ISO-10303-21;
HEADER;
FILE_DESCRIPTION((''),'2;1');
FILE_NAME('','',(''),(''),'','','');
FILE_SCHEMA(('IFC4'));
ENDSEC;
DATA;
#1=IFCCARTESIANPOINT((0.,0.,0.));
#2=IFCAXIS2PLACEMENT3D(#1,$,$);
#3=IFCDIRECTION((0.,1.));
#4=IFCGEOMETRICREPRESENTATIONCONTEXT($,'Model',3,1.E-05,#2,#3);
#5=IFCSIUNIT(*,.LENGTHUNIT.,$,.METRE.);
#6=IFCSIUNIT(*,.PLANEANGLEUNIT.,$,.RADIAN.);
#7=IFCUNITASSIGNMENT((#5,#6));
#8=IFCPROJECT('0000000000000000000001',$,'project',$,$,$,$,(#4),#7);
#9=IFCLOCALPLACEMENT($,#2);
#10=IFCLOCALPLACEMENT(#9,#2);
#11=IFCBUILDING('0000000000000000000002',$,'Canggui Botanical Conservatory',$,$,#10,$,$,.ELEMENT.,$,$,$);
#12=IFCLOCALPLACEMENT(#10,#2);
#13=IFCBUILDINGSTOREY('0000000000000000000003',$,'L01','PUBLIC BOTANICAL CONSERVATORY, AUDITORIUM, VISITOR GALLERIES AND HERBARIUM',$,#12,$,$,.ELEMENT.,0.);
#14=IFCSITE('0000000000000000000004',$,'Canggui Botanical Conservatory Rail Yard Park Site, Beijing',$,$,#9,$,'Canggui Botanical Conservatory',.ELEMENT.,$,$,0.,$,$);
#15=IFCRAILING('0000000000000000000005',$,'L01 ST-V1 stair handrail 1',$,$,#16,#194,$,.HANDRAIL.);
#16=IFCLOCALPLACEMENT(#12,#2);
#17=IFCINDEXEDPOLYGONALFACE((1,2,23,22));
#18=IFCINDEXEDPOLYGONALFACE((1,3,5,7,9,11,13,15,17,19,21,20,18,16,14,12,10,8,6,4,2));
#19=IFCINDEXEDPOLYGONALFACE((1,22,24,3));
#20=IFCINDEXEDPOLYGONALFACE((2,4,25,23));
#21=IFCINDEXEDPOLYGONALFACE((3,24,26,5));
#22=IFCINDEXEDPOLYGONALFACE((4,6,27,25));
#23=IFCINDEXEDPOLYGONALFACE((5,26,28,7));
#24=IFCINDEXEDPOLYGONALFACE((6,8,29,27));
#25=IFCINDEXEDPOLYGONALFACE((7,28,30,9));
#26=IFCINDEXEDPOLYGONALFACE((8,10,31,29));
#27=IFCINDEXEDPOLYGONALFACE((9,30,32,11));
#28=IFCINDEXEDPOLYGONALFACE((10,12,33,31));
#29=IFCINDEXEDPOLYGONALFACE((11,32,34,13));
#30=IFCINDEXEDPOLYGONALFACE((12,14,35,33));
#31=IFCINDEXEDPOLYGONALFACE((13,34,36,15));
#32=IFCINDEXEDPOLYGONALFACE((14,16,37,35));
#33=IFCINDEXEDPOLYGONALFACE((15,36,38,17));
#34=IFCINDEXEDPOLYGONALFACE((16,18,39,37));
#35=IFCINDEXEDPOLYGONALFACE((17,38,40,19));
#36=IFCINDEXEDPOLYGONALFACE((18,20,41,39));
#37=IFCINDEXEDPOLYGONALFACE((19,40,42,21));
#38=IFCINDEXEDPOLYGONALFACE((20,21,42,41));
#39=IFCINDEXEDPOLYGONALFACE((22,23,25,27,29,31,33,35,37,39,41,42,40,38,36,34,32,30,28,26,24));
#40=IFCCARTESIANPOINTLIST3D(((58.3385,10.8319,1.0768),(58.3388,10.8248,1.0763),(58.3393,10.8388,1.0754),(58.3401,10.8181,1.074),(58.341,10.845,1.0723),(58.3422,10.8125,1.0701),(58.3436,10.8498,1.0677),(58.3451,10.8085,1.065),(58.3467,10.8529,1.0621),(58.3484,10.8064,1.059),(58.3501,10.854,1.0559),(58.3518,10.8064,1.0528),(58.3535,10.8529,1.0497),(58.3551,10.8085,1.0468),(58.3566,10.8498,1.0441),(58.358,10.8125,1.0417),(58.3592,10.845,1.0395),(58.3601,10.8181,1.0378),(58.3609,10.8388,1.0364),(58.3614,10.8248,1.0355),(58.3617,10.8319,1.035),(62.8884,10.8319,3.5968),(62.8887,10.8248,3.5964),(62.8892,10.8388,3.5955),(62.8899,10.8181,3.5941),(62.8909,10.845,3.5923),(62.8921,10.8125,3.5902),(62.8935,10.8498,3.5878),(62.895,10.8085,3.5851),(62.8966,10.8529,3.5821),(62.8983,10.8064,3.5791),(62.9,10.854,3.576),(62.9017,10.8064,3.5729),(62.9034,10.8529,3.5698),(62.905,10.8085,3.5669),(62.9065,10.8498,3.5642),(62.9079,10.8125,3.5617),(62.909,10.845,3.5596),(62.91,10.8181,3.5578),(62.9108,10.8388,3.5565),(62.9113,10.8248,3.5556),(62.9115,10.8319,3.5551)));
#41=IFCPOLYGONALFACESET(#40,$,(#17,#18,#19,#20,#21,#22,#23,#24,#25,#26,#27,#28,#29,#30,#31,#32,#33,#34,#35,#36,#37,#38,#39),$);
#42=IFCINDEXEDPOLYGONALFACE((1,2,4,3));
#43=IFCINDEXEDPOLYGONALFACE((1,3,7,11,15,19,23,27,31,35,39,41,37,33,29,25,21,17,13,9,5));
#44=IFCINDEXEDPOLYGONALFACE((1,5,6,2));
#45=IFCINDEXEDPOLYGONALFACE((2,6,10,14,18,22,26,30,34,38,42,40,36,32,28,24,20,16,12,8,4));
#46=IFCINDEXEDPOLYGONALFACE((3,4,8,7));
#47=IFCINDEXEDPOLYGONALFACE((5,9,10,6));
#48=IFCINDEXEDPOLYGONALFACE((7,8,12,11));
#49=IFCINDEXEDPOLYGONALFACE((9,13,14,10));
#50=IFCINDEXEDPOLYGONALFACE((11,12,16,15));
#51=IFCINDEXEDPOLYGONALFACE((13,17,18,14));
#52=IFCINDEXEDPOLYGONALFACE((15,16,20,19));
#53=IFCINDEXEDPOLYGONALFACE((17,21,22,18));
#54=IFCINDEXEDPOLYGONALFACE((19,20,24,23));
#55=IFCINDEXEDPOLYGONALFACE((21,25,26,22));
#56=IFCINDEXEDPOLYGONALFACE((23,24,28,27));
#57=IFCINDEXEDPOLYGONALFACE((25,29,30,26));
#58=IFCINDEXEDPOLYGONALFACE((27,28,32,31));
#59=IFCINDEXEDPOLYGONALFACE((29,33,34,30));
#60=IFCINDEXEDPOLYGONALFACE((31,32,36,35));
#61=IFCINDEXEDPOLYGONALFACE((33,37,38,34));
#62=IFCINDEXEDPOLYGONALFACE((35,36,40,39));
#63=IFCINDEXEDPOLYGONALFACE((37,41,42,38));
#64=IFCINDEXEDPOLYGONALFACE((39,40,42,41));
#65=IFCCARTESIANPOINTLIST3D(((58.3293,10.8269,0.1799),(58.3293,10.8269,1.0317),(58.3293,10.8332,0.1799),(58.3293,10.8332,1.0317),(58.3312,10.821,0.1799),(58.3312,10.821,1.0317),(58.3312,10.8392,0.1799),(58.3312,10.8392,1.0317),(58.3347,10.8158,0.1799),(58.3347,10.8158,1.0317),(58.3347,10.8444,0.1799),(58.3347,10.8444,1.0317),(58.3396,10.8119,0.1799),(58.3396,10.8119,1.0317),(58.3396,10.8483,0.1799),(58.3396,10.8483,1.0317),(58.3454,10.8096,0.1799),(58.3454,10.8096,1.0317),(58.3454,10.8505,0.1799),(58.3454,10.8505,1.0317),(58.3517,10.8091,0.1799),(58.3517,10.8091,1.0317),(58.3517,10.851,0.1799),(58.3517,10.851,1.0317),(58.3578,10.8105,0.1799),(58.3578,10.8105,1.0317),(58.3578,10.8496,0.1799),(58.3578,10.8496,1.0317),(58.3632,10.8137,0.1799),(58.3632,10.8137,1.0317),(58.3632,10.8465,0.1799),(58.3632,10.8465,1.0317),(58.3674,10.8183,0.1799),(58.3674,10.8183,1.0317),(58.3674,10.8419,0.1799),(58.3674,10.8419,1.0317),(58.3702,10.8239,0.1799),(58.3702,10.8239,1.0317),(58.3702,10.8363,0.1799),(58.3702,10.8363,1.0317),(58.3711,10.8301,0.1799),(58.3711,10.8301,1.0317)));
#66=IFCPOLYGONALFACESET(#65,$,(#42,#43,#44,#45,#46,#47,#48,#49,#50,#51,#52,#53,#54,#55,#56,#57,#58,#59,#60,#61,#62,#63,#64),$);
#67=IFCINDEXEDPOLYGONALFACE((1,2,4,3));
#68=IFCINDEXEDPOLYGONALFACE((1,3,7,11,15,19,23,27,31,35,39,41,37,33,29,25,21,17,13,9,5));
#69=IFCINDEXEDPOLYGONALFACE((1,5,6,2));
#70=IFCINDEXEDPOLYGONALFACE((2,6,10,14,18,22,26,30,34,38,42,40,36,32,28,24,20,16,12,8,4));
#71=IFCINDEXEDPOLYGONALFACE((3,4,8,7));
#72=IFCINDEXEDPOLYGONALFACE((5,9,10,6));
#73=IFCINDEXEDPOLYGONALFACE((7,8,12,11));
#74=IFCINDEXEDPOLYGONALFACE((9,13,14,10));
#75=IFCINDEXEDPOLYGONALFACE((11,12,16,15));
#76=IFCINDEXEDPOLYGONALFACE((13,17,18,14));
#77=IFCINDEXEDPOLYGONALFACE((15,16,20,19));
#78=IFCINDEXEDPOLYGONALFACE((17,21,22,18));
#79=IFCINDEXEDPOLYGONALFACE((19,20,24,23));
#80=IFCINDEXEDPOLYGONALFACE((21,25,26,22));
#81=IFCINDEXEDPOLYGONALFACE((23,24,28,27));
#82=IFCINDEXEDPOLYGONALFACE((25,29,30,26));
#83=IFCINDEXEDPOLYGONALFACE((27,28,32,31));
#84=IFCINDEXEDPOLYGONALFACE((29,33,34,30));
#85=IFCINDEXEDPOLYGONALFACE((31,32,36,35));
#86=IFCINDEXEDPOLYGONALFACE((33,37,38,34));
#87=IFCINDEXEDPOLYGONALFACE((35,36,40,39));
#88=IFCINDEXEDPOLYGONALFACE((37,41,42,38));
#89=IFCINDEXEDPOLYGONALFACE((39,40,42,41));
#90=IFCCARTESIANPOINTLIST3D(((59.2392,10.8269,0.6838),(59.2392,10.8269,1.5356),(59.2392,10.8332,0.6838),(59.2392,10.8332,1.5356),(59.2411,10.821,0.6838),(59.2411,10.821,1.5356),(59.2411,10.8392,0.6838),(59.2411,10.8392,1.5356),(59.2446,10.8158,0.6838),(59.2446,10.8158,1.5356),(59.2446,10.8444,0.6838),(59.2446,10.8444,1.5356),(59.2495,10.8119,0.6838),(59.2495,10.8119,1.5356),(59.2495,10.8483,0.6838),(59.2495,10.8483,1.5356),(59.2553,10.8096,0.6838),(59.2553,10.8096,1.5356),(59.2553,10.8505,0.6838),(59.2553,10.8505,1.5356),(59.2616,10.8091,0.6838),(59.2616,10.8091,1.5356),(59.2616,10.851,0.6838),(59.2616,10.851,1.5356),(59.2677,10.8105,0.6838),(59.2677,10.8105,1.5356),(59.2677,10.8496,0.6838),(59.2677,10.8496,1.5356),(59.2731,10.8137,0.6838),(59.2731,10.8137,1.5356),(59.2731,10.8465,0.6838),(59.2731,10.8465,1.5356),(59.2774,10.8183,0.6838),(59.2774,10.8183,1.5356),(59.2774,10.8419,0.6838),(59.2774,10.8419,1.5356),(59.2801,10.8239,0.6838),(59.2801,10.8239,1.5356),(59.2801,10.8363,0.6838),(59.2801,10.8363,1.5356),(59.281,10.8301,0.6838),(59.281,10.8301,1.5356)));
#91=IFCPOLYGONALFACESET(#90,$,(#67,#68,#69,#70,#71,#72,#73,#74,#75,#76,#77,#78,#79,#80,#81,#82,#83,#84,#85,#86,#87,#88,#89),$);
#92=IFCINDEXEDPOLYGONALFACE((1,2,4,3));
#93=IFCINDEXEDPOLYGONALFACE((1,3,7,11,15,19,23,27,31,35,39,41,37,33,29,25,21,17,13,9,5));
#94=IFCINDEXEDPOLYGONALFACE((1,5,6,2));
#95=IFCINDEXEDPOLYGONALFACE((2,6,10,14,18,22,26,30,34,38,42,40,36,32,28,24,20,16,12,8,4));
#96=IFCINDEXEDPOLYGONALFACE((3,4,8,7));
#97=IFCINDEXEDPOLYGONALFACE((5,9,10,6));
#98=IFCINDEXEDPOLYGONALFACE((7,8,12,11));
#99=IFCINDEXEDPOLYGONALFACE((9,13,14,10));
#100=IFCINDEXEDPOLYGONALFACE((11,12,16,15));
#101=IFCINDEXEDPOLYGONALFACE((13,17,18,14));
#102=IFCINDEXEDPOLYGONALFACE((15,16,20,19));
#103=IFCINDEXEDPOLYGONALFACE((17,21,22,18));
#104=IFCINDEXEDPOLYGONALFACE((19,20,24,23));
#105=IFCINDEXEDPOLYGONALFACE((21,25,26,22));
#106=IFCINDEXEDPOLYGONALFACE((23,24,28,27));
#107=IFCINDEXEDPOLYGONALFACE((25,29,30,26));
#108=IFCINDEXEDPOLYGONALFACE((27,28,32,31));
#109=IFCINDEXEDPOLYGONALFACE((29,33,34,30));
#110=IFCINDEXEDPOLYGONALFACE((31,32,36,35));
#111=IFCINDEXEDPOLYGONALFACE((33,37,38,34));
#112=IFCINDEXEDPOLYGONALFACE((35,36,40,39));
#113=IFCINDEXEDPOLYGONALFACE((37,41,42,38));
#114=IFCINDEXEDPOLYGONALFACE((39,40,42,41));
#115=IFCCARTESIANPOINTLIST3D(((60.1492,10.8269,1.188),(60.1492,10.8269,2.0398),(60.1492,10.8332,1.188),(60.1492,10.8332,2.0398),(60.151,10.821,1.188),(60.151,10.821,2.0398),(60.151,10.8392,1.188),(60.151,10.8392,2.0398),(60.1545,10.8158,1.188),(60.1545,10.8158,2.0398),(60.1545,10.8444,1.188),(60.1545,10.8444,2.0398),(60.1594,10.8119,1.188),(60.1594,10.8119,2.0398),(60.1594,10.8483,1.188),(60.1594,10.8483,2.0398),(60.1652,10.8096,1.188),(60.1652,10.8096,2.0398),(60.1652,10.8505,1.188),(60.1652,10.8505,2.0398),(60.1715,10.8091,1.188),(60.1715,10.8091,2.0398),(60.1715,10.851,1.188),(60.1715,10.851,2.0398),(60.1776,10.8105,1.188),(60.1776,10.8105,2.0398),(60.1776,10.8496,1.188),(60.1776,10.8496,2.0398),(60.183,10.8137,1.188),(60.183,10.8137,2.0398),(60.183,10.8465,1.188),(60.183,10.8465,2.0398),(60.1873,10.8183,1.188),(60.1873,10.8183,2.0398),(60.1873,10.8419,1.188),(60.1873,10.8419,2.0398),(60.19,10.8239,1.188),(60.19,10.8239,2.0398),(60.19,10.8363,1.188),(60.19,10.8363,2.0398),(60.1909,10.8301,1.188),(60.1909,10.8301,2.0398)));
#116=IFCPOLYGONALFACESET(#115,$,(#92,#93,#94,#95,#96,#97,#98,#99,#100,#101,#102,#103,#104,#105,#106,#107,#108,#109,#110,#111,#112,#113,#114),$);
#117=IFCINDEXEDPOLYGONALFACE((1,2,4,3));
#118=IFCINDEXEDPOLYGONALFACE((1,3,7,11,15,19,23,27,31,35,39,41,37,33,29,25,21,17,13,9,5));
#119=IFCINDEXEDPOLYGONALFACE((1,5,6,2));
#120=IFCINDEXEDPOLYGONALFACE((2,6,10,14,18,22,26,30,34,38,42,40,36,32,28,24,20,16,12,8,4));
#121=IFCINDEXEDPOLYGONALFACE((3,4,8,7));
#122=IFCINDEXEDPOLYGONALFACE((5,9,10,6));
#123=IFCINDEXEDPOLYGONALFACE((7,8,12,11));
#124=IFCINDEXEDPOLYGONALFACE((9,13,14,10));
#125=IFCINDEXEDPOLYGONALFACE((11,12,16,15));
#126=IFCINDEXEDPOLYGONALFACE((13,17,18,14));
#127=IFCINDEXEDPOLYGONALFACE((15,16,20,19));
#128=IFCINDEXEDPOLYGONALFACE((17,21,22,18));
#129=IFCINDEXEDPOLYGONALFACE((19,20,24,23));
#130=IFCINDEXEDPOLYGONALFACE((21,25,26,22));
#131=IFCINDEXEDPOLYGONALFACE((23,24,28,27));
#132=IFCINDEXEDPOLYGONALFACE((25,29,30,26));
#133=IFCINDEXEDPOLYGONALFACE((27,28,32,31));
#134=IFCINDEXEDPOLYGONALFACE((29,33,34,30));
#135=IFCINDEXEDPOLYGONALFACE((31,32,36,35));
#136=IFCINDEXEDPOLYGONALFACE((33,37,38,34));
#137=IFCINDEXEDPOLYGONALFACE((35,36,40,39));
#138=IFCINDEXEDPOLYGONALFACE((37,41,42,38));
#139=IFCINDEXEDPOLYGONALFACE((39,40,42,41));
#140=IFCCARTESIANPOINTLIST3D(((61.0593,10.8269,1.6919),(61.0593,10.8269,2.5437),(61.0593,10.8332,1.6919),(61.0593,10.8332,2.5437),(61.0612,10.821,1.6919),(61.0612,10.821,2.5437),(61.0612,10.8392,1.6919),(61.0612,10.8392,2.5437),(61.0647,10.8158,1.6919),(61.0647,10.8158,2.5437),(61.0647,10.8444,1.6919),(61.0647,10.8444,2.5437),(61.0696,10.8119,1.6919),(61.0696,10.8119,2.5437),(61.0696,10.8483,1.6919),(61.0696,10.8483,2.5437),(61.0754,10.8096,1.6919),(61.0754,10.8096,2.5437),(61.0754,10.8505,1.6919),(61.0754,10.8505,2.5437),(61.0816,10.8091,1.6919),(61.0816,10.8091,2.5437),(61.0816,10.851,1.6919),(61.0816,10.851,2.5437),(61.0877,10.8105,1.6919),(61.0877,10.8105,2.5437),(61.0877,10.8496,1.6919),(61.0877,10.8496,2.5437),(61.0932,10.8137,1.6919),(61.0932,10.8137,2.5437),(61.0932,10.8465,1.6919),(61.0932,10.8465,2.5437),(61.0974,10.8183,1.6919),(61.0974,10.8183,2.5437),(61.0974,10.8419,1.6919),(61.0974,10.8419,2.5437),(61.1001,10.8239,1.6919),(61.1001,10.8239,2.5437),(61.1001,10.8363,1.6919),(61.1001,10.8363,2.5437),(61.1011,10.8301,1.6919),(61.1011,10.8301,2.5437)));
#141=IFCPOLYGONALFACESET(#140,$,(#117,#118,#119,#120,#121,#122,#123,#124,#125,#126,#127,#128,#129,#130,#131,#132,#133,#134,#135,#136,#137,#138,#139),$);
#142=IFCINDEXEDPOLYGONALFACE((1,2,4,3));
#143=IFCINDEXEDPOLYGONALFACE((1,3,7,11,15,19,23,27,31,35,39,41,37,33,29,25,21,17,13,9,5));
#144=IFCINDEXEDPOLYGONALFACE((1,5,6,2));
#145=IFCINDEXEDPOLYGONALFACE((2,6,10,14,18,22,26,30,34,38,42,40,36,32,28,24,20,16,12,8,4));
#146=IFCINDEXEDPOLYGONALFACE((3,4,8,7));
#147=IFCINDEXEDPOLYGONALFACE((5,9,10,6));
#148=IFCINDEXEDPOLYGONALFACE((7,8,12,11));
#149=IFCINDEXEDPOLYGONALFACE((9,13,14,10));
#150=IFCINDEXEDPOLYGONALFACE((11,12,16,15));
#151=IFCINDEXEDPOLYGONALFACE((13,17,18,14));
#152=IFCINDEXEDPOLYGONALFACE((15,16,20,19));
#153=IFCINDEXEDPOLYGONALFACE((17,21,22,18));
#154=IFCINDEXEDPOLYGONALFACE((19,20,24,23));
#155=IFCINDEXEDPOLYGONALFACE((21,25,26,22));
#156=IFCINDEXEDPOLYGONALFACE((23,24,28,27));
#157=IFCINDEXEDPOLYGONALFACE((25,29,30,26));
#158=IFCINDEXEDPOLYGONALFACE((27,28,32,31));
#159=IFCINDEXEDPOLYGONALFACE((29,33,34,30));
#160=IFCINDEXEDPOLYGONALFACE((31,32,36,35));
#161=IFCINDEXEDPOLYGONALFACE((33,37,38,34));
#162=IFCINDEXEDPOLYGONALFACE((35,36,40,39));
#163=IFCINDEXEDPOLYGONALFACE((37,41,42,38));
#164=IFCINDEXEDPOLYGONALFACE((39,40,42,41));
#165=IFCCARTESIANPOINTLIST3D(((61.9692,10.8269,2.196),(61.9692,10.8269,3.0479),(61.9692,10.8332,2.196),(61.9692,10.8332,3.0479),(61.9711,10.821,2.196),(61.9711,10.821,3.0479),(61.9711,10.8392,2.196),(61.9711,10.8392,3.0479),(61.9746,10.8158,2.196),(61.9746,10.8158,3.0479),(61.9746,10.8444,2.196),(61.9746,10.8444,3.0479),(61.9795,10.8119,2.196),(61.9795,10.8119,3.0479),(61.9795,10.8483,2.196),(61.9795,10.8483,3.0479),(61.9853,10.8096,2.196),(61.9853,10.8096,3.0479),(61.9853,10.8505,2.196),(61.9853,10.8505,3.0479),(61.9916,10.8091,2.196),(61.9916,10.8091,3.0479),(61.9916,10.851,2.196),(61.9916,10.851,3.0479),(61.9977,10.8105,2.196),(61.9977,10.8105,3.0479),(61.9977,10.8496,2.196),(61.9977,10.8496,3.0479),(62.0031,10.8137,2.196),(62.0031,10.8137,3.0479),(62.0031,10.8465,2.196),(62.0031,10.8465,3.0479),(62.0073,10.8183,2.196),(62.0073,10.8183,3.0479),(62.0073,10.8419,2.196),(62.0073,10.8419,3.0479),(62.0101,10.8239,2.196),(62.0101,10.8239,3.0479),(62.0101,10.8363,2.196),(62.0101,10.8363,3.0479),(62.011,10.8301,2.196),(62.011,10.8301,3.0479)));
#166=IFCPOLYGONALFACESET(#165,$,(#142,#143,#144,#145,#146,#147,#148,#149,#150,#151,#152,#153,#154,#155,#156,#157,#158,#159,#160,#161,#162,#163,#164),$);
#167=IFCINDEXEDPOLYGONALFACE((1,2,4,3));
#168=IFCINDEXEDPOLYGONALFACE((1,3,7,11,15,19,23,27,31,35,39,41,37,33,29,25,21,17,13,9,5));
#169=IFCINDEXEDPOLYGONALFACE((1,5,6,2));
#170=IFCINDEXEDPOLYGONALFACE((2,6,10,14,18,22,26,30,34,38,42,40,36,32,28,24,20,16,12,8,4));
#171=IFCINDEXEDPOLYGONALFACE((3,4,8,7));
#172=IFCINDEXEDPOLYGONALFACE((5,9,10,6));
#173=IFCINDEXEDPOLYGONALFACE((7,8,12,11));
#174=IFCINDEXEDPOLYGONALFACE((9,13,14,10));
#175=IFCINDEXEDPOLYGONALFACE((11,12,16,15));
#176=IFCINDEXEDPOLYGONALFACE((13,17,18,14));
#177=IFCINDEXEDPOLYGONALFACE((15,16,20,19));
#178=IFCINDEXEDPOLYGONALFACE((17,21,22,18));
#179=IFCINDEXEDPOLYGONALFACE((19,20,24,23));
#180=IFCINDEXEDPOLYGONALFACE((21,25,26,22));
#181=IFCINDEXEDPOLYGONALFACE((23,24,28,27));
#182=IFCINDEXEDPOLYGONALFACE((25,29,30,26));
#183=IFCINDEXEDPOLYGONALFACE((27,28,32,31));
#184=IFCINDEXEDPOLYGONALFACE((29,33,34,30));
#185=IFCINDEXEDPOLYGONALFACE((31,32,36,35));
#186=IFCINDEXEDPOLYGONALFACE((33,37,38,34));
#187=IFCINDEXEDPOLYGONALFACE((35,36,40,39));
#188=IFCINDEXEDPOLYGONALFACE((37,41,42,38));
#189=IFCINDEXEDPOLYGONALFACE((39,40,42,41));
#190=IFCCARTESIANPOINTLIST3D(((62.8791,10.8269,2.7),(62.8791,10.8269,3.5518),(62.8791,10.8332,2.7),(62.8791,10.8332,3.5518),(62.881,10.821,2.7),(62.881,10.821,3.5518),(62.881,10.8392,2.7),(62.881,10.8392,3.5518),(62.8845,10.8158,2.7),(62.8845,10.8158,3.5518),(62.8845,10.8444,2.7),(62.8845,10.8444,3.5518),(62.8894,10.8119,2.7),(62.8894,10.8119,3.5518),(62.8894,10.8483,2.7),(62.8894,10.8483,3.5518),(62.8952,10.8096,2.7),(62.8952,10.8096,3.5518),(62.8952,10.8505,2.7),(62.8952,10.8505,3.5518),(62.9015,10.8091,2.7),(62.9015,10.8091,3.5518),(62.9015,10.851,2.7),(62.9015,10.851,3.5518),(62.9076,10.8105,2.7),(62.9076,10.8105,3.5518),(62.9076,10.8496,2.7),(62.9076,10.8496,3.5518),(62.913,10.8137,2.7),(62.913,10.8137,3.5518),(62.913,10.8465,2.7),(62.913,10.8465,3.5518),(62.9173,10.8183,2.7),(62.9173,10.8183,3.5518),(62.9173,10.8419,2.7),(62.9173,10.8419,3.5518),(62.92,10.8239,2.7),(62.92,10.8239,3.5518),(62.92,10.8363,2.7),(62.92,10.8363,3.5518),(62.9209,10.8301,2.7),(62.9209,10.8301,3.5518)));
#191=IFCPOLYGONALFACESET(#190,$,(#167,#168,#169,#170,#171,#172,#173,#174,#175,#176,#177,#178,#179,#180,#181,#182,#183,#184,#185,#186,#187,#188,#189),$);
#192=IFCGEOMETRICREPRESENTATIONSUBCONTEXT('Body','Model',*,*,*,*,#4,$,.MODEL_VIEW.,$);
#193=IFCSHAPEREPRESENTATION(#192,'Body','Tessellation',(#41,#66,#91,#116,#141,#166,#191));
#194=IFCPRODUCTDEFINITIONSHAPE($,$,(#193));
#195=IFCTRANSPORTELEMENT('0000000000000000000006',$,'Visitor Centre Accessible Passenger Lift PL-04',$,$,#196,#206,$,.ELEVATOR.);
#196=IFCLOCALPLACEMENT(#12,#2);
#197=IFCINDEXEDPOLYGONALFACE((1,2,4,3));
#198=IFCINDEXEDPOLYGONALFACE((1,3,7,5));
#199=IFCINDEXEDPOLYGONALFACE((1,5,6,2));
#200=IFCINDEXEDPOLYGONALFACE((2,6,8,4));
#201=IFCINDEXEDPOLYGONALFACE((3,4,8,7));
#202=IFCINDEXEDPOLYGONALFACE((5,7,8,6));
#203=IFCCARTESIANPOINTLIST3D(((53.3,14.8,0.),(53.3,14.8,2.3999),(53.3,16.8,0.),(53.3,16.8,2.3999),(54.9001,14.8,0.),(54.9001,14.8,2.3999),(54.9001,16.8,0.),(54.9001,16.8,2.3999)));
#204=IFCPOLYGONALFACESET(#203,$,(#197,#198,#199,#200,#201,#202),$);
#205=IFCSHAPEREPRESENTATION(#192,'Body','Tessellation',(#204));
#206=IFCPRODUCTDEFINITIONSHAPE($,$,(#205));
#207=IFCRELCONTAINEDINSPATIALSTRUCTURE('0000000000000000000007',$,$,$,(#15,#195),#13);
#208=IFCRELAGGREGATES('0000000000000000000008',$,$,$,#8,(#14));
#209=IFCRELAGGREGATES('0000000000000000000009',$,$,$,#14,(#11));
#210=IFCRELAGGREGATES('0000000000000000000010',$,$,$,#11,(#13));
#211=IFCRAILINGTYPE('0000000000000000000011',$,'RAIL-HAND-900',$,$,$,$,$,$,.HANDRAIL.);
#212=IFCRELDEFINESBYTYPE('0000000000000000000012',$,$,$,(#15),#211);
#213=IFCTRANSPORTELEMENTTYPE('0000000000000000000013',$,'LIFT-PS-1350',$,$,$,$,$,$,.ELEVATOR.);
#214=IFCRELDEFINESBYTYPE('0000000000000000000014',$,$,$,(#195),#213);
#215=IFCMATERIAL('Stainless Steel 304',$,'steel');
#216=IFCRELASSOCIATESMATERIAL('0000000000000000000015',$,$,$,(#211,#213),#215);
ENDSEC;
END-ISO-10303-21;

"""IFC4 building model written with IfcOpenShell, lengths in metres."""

from ifc_helpers import new_model, si_unit, direction, frame, origin, origin_2d, place, context, subcontext, project, spatial, rectangle, circle, extrude, material, type_object, element, save


model = new_model("IFC4")

# Units and contexts
model_context = context("Model", 3, precision=1e-05, world=origin(), true_north=direction((0.0, 1.0)))
body_context = subcontext(model_context, "Body", "Model", "MODEL_VIEW")
ifc_project = project(units=[si_unit("LENGTHUNIT", "METRE"), si_unit("PLANEANGLEUNIT", "RADIAN")], contexts=[model_context])

# Site, building, storey
site_placement = place(None, origin())
site = spatial("IfcSite", under=ifc_project, at=site_placement, Name="Canggui Botanical Conservatory Rail Yard Park Site, Beijing", LongName="Canggui Botanical Conservatory", CompositionType="ELEMENT", RefElevation=0.0)
building_placement = place(site_placement, origin())
building = spatial("IfcBuilding", under=site, at=building_placement, Name="Canggui Botanical Conservatory", CompositionType="ELEMENT")
storey_placement = place(building_placement, origin())
storey = spatial("IfcBuildingStorey", under=building, at=storey_placement, Name="L01", Description="PUBLIC BOTANICAL CONSERVATORY, AUDITORIUM, VISITOR GALLERIES AND HERBARIUM", CompositionType="ELEMENT", Elevation=0.0)

# Railing
ifc_material_1 = material(Name="Stainless Steel 304", Category="steel")
railing_type_1 = type_object("IfcRailingType", Name="RAIL-HAND-900", PredefinedType="HANDRAIL", material=ifc_material_1)
railing_1_placement = place(storey_placement, frame((58.3501, 10.8301, 0.1799)))
element("IfcRailing", 1, at=railing_1_placement, inside=storey, type_object=railing_type_1, Name="L01 ST-V1 stair handrail 1", PredefinedType="HANDRAIL", context=body_context, shape_type="SweptSolid", body=[
    extrude(circle(Radius=0.0239, at=origin_2d()), frame((0.0, 0.0, 0.876), z_axis=(0.874781, 0.0, 0.484519), x_axis=(0.0, 1.0, 0.0)), (0.0, 0.0, 1.0), 5.2012),
    extrude(circle(Radius=0.021, at=origin_2d()), origin(), (0.0, 0.0, 1.0), 0.8518),
    extrude(circle(Radius=0.021, at=origin_2d()), frame((0.9099, 0.0, 0.5039)), (0.0, 0.0, 1.0), 0.8518),
    extrude(circle(Radius=0.021, at=origin_2d()), frame((1.8198, 0.0, 1.0081)), (0.0, 0.0, 1.0), 0.8518),
    extrude(circle(Radius=0.021, at=origin_2d()), frame((2.73, 0.0, 1.512)), (0.0, 0.0, 1.0), 0.8518),
    extrude(circle(Radius=0.021, at=origin_2d()), frame((3.6399, 0.0, 2.0161)), (0.0, 0.0, 1.0), 0.8518),
    extrude(circle(Radius=0.021, at=origin_2d()), frame((4.5498, 0.0, 2.52)), (0.0, 0.0, 1.0), 0.8518),
])

# Transport element
transport_element_type = type_object("IfcTransportElementType", Name="LIFT-PS-1350", PredefinedType="ELEVATOR", material=ifc_material_1)
transport_element_placement = place(storey_placement, frame((54.1001, 15.8, 0.0), z_axis=(0.0, 0.0, 1.0), x_axis=(1.0, 0.0, 0.0)))
element("IfcTransportElement", 2, at=transport_element_placement, inside=storey, type_object=transport_element_type, Name="Visitor Centre Accessible Passenger Lift PL-04", PredefinedType="ELEVATOR", context=body_context, shape_type="SweptSolid", body=[
    extrude(rectangle(XDim=1.6001, YDim=2.0, at=origin_2d()), origin(), (0.0, 0.0, 1.0), 2.3999),
])

save(model, "model.ifc")
